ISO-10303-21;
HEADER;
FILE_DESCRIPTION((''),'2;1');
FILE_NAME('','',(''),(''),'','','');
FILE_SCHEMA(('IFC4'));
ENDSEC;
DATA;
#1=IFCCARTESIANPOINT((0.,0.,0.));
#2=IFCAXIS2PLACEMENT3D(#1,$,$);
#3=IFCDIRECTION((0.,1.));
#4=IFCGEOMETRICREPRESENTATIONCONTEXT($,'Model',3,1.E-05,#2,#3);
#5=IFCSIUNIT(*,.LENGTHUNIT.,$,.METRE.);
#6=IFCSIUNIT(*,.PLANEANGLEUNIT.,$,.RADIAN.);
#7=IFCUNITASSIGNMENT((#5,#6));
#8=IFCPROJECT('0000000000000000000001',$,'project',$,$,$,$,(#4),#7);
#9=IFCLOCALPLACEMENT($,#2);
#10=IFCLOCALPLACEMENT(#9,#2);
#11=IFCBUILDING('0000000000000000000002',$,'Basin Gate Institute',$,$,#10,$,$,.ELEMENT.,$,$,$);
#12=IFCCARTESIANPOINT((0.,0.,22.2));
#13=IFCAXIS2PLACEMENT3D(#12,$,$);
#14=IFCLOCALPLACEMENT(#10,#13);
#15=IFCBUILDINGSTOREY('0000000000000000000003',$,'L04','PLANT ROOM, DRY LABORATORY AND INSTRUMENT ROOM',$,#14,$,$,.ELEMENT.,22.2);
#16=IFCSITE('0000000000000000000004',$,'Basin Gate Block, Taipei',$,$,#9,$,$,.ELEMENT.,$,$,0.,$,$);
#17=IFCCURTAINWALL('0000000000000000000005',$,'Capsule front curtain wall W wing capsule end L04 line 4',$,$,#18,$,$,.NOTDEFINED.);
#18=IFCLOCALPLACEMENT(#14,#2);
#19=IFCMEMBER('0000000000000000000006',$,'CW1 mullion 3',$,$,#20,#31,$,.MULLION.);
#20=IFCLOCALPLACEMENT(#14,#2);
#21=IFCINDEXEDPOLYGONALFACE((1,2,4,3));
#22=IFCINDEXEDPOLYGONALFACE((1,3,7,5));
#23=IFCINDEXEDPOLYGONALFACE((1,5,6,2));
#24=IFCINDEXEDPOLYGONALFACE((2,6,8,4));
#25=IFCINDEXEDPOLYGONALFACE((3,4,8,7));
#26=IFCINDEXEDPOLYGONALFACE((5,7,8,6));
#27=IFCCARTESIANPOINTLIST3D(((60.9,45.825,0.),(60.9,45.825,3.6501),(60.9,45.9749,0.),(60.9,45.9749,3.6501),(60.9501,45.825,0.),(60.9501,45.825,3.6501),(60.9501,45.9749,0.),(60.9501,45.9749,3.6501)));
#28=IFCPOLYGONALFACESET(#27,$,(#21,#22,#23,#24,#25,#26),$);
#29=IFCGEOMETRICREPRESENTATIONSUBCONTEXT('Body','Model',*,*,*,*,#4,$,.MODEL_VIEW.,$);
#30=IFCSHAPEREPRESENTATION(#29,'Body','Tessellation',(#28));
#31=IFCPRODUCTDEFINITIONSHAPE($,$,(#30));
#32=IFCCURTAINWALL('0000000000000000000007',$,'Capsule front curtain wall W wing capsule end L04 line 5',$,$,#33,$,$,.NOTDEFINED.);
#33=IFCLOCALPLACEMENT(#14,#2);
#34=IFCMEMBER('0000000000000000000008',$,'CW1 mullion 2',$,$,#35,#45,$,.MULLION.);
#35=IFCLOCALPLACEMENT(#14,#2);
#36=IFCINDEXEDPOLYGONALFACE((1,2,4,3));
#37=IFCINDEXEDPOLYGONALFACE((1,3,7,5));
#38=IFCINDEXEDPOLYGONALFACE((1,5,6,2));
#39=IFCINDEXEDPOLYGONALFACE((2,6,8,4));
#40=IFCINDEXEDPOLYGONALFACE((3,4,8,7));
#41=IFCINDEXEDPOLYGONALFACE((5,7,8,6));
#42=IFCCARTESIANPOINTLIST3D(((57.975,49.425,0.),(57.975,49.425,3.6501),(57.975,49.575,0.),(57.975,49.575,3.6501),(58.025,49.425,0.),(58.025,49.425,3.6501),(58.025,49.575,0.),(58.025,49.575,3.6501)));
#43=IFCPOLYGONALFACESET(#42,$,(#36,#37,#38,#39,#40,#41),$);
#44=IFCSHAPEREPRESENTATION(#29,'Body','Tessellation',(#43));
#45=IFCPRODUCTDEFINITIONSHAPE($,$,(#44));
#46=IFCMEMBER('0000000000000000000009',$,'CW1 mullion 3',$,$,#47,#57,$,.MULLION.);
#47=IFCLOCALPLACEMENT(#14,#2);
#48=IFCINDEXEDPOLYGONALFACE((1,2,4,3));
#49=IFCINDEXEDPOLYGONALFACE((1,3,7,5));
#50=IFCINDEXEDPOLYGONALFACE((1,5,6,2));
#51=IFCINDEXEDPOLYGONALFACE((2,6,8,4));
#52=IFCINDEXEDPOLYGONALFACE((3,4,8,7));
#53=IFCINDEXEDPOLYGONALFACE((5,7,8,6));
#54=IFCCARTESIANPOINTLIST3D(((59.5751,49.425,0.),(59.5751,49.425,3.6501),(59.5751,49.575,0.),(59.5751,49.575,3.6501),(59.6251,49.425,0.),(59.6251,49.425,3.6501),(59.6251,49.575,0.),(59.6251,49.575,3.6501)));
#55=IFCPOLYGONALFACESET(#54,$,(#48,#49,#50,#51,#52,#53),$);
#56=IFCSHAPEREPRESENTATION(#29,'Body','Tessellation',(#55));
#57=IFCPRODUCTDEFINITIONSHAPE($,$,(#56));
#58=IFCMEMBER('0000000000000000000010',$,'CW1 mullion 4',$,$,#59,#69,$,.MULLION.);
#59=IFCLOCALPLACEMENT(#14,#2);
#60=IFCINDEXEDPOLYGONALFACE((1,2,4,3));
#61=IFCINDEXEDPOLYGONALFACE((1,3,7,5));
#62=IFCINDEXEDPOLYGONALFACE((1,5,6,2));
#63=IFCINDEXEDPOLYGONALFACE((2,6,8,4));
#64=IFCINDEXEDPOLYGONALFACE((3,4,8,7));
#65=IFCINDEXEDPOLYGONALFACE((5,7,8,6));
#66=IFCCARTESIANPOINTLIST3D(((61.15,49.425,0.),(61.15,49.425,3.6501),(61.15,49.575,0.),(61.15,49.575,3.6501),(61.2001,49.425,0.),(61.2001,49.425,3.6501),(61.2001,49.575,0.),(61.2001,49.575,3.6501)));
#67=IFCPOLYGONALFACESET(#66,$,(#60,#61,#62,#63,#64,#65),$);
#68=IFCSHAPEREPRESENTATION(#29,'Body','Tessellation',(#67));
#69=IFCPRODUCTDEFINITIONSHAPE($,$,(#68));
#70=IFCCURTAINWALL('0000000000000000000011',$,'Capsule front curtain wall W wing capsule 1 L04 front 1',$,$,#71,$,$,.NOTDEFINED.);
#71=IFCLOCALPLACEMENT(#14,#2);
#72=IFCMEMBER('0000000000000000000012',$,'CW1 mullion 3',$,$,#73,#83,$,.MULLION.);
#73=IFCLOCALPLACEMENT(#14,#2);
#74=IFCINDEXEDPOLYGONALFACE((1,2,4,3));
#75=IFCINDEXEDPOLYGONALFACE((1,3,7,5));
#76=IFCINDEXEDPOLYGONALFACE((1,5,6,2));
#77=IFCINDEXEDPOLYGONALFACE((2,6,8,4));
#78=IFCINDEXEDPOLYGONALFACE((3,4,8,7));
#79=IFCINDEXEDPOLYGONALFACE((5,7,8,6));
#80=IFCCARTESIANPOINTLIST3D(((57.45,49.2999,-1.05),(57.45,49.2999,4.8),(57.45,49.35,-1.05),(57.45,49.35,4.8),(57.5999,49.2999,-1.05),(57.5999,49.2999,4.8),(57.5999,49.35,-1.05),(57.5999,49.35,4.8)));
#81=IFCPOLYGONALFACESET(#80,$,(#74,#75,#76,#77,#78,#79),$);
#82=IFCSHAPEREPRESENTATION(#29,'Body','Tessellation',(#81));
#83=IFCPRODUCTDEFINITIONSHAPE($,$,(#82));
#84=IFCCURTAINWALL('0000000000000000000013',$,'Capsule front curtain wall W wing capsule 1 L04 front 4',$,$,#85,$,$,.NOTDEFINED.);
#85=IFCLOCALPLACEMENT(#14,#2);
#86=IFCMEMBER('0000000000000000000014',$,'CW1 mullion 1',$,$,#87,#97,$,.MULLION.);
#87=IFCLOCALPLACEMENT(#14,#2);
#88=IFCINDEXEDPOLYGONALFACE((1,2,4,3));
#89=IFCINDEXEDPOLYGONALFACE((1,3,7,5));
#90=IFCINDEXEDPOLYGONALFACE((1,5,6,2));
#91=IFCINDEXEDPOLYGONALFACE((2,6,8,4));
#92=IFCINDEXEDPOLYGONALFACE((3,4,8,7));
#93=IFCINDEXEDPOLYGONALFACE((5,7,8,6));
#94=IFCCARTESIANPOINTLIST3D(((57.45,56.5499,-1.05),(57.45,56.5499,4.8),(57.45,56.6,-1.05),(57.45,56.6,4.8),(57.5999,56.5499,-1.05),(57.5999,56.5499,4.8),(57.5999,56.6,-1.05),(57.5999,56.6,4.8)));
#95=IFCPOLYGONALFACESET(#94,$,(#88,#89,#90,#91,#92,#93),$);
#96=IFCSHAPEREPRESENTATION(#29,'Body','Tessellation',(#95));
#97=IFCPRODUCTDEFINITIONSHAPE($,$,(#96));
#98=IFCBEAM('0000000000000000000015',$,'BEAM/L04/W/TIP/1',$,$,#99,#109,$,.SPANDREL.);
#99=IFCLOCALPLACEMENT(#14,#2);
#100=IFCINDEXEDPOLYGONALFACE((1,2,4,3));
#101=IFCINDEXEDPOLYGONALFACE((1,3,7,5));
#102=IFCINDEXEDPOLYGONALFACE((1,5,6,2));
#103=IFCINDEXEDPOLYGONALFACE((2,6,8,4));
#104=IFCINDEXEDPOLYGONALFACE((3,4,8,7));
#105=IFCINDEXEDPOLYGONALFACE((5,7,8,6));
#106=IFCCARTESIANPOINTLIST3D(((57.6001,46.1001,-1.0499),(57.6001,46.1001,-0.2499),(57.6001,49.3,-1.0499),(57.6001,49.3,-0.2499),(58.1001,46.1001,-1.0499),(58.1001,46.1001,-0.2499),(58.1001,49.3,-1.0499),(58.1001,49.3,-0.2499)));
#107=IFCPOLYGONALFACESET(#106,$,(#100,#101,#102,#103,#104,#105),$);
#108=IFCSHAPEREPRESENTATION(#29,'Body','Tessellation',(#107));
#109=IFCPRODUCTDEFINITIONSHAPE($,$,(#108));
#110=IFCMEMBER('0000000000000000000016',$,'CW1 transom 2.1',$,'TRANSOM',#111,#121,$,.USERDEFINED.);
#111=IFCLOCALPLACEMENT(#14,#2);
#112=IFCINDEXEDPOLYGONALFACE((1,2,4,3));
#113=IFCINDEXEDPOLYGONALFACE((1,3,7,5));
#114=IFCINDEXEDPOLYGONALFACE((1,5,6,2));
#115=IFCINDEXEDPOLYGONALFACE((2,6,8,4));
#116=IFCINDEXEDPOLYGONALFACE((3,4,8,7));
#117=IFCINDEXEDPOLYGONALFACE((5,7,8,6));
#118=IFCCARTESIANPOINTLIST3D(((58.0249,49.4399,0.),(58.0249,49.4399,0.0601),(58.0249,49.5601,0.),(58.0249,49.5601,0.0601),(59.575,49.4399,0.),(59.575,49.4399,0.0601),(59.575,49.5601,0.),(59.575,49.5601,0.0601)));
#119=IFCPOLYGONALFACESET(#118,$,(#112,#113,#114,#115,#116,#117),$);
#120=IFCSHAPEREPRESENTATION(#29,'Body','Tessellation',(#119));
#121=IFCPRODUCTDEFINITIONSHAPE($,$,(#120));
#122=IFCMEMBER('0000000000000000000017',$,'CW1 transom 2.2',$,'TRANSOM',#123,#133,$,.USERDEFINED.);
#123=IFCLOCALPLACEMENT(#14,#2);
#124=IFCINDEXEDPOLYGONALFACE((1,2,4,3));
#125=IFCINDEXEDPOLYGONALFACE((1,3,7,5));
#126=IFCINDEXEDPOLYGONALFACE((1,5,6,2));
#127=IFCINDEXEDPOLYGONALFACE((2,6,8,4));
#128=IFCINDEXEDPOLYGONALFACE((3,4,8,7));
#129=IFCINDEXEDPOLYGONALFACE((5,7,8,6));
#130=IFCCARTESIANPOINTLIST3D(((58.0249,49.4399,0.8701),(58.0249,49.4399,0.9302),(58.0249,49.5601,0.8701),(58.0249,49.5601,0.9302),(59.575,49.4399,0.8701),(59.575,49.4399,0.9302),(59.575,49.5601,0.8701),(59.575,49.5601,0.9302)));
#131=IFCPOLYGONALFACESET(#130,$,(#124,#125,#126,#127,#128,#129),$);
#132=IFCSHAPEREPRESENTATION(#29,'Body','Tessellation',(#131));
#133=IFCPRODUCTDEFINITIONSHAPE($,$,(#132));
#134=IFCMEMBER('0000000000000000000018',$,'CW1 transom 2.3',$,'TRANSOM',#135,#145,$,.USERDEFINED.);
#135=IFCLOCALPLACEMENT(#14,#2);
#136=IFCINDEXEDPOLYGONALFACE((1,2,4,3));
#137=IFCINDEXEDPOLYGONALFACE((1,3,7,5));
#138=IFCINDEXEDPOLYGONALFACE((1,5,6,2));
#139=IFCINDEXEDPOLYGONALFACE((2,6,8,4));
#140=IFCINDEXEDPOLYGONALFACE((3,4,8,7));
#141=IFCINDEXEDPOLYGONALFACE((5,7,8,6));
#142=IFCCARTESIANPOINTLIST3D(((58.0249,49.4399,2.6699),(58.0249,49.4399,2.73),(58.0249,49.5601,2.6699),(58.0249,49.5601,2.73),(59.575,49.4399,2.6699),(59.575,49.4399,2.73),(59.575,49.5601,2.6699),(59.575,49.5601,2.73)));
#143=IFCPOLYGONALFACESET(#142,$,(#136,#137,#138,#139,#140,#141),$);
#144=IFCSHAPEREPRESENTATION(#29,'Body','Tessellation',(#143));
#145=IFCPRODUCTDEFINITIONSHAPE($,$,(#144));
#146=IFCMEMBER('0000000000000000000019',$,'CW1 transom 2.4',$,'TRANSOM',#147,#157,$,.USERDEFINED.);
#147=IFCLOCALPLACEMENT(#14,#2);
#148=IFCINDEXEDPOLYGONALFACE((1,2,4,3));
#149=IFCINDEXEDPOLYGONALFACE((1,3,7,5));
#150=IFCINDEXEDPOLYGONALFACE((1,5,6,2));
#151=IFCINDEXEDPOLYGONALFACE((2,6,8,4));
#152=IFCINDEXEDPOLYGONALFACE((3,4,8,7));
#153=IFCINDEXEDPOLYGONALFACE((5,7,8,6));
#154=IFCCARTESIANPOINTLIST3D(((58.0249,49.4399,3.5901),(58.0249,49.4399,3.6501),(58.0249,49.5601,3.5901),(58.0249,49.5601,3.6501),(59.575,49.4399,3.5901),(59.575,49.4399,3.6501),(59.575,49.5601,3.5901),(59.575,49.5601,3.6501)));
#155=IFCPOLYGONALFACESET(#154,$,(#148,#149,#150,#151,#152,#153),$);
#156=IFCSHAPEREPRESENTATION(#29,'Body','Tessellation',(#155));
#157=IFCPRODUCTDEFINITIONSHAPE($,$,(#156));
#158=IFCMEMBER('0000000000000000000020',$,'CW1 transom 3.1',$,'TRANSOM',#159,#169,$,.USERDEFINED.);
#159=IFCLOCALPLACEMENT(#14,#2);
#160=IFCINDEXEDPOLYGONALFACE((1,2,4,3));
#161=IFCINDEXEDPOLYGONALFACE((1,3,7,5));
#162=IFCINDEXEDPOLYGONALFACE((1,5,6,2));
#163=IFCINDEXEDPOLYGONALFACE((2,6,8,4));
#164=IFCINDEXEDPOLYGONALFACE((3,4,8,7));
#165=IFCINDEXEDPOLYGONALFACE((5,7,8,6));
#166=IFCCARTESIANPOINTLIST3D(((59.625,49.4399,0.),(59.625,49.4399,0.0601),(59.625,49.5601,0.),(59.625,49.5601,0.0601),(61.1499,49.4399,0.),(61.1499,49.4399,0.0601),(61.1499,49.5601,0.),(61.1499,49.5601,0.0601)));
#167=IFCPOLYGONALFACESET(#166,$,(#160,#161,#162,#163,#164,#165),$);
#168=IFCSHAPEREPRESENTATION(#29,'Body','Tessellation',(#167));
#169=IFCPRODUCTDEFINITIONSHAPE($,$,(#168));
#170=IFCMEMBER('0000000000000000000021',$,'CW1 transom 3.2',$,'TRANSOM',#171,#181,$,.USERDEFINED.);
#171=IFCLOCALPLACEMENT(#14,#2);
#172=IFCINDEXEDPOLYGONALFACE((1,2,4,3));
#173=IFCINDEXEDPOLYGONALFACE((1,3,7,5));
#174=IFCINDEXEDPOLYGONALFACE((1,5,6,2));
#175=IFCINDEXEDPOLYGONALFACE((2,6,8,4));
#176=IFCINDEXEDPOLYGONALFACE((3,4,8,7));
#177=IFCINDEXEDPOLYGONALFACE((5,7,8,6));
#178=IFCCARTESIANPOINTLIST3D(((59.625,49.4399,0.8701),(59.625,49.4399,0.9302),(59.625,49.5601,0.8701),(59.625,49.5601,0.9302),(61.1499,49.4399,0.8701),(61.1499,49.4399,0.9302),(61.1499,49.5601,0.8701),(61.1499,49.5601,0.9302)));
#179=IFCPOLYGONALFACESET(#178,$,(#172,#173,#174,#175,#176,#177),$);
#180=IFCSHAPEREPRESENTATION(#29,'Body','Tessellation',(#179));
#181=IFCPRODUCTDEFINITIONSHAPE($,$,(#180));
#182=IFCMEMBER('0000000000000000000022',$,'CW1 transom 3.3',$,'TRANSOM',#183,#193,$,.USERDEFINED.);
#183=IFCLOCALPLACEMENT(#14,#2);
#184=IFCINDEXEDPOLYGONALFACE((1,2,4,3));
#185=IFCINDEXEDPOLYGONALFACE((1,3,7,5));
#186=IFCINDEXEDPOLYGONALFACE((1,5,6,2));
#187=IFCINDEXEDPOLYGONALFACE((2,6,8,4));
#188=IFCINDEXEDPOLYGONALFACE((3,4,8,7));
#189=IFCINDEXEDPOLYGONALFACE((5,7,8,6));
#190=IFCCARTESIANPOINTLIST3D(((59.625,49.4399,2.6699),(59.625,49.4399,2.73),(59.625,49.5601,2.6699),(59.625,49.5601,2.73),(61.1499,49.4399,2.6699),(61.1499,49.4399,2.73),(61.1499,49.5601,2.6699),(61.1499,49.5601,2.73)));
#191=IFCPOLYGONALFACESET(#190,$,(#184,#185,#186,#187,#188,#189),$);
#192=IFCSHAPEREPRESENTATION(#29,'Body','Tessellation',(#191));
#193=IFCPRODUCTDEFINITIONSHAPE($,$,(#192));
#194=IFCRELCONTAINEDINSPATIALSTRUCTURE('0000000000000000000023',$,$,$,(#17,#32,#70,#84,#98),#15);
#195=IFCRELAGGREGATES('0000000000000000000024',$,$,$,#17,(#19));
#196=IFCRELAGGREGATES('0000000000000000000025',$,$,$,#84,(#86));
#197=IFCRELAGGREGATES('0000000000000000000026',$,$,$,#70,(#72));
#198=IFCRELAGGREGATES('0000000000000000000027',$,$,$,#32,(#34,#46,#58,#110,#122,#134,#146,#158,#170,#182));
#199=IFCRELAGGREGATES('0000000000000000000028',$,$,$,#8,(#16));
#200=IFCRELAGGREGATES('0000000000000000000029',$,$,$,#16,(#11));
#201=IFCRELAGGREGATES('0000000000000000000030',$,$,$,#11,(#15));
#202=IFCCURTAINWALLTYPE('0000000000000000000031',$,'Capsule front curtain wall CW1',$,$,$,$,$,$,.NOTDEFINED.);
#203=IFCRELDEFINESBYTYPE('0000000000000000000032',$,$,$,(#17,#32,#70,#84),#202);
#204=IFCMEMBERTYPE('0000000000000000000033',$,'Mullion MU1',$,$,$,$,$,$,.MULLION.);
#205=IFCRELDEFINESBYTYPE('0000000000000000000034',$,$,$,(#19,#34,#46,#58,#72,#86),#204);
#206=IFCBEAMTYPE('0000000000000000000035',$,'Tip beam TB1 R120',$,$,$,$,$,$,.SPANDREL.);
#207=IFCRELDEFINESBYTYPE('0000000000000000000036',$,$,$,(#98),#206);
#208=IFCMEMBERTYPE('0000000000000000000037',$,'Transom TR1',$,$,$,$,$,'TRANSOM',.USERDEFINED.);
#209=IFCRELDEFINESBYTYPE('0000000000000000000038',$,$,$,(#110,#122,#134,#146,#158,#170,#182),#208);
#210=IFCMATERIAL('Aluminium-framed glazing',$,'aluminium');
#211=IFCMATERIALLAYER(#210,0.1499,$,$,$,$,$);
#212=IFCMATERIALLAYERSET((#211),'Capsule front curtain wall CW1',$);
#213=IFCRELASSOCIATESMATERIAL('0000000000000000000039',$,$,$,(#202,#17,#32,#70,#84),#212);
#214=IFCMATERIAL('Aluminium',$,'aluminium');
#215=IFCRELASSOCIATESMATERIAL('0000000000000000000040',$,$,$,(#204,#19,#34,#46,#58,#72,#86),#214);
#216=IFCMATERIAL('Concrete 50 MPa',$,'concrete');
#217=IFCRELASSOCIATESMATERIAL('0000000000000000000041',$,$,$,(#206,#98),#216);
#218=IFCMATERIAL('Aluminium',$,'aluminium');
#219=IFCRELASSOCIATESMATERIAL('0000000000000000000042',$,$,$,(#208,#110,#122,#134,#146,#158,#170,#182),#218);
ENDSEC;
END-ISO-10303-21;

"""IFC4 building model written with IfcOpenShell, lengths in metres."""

from ifc_helpers import new_model, si_unit, direction, frame, origin, origin_2d, place, context, subcontext, project, spatial, rectangle, extrude, material, layer, layer_set, material_profile, profile_set, type_object, element, aggregate, save


model = new_model("IFC4")

# Units and contexts
model_context = context("Model", 3, precision=1e-05, world=origin(), true_north=direction((0.0, 1.0)))
body_context = subcontext(model_context, "Body", "Model", "MODEL_VIEW")
ifc_project = project(units=[si_unit("LENGTHUNIT", "METRE"), si_unit("PLANEANGLEUNIT", "RADIAN")], contexts=[model_context])

# Site, building, storey
site_placement = place(None, origin())
site = spatial("IfcSite", under=ifc_project, at=site_placement, Name="Basin Gate Block, Taipei", CompositionType="ELEMENT", RefElevation=0.0)
building_placement = place(site_placement, origin())
building = spatial("IfcBuilding", under=site, at=building_placement, Name="Basin Gate Institute", CompositionType="ELEMENT")
storey_placement = place(building_placement, frame((0.0, 0.0, 22.2)))
storey = spatial("IfcBuildingStorey", under=building, at=storey_placement, Name="L04", Description="PLANT ROOM, DRY LABORATORY AND INSTRUMENT ROOM", CompositionType="ELEMENT", Elevation=22.2)

# Curtain wall, member
ifc_material_1 = material(Name="Aluminium-framed glazing", Category="aluminium")
ifc_layer_1 = layer(ifc_material_1, 0.1499)
ifc_layer_set_1 = layer_set([ifc_layer_1], Name="Capsule front curtain wall CW1")
curtain_wall_type = type_object("IfcCurtainWallType", Name="Capsule front curtain wall CW1", PredefinedType="NOTDEFINED", material=ifc_layer_set_1)
curtain_wall_1_placement = place(storey_placement, origin())
curtain_wall_1 = element("IfcCurtainWall", 1, at=curtain_wall_1_placement, inside=storey, type_object=curtain_wall_type, material=ifc_layer_set_1, Name="Capsule front curtain wall W wing capsule end L04 line 4", PredefinedType="NOTDEFINED")
ifc_material_2 = material(Name="Aluminium", Category="aluminium")
ifc_material_profile_1 = material_profile(ifc_material_2, rectangle(XDim=0.1499, YDim=0.05, at=origin_2d()), Name="Mullion MU1 150 x 50")
ifc_profile_set_1 = profile_set([ifc_material_profile_1], Name="Aluminium")
member_type_1 = type_object("IfcMemberType", Name="Mullion MU1", PredefinedType="MULLION", material=ifc_profile_set_1)
member_1_placement = place(storey_placement, frame((60.925, 45.8999, 0.0), z_axis=(0.0, 0.0, 1.0), x_axis=(0.0, 1.0, 0.0)))
member_1 = element("IfcMember", 2, at=member_1_placement, type_object=member_type_1, material=ifc_profile_set_1, Name="CW1 mullion 3", PredefinedType="MULLION", context=body_context, shape_type="SweptSolid", body=[
    extrude(rectangle(XDim=0.1499, YDim=0.05, at=origin_2d()), origin(), (0.0, 0.0, 1.0), 3.6501),
])
aggregate(curtain_wall_1, [member_1])

# Curtain wall, members
curtain_wall_2_placement = place(storey_placement, origin())
curtain_wall_2 = element("IfcCurtainWall", 3, at=curtain_wall_2_placement, inside=storey, type_object=curtain_wall_type, material=ifc_layer_set_1, Name="Capsule front curtain wall W wing capsule end L04 line 5", PredefinedType="NOTDEFINED")
member_2_placement = place(storey_placement, frame((58.0, 49.5, 0.0), z_axis=(0.0, 0.0, 1.0), x_axis=(0.0, 1.0, 0.0)))
member_2 = element("IfcMember", 4, at=member_2_placement, type_object=member_type_1, material=ifc_profile_set_1, Name="CW1 mullion 2", PredefinedType="MULLION", context=body_context, shape_type="SweptSolid", body=[
    extrude(rectangle(XDim=0.1499, YDim=0.05, at=origin_2d()), origin(), (0.0, 0.0, 1.0), 3.6501),
])
member_3_placement = place(storey_placement, frame((59.6001, 49.5, 0.0), z_axis=(0.0, 0.0, 1.0), x_axis=(0.0, 1.0, 0.0)))
member_3 = element("IfcMember", 5, at=member_3_placement, type_object=member_type_1, material=ifc_profile_set_1, Name="CW1 mullion 3", PredefinedType="MULLION", context=body_context, shape_type="SweptSolid", body=[
    extrude(rectangle(XDim=0.1499, YDim=0.05, at=origin_2d()), origin(), (0.0, 0.0, 1.0), 3.6501),
])
member_4_placement = place(storey_placement, frame((61.175, 49.5, 0.0), z_axis=(0.0, 0.0, 1.0), x_axis=(0.0, 1.0, 0.0)))
member_4 = element("IfcMember", 6, at=member_4_placement, type_object=member_type_1, material=ifc_profile_set_1, Name="CW1 mullion 4", PredefinedType="MULLION", context=body_context, shape_type="SweptSolid", body=[
    extrude(rectangle(XDim=0.1499, YDim=0.05, at=origin_2d()), origin(), (0.0, 0.0, 1.0), 3.6501),
])

# Curtain walls, members
curtain_wall_3_placement = place(storey_placement, origin())
curtain_wall_3 = element("IfcCurtainWall", 7, at=curtain_wall_3_placement, inside=storey, type_object=curtain_wall_type, material=ifc_layer_set_1, Name="Capsule front curtain wall W wing capsule 1 L04 front 1", PredefinedType="NOTDEFINED")
member_5_placement = place(storey_placement, frame((57.5249, 49.325, -1.05), z_axis=(0.0, 0.0, 1.0), x_axis=(-1.0, 0.0, 0.0)))
member_5 = element("IfcMember", 8, at=member_5_placement, type_object=member_type_1, material=ifc_profile_set_1, Name="CW1 mullion 3", PredefinedType="MULLION", context=body_context, shape_type="SweptSolid", body=[
    extrude(rectangle(XDim=0.1499, YDim=0.05, at=origin_2d()), origin(), (0.0, 0.0, 1.0), 5.8501),
])
curtain_wall_4_placement = place(storey_placement, origin())
curtain_wall_4 = element("IfcCurtainWall", 9, at=curtain_wall_4_placement, inside=storey, type_object=curtain_wall_type, material=ifc_layer_set_1, Name="Capsule front curtain wall W wing capsule 1 L04 front 4", PredefinedType="NOTDEFINED")
member_6_placement = place(storey_placement, frame((57.5249, 56.575, -1.05), z_axis=(0.0, 0.0, 1.0), x_axis=(-1.0, 0.0, 0.0)))
member_6 = element("IfcMember", 10, at=member_6_placement, type_object=member_type_1, material=ifc_profile_set_1, Name="CW1 mullion 1", PredefinedType="MULLION", context=body_context, shape_type="SweptSolid", body=[
    extrude(rectangle(XDim=0.1499, YDim=0.05, at=origin_2d()), origin(), (0.0, 0.0, 1.0), 5.8501),
])
aggregate(curtain_wall_4, [member_6])

# Beam
ifc_material_3 = material(Name="Concrete 50 MPa", Category="concrete")
ifc_material_profile_2 = material_profile(ifc_material_3, rectangle(XDim=0.5, YDim=0.8, at=origin_2d()), Name="Tip beam TB1 500 x 800")
ifc_profile_set_2 = profile_set([ifc_material_profile_2], Name="Concrete 50 MPa")
beam_type = type_object("IfcBeamType", Name="Tip beam TB1 R120", PredefinedType="SPANDREL", material=ifc_profile_set_2)
beam_placement = place(storey_placement, frame((57.8501, 46.1001, -0.6499), z_axis=(0.0, 1.0, 0.0), x_axis=(-1.0, 0.0, 0.0)))
element("IfcBeam", 11, at=beam_placement, inside=storey, type_object=beam_type, material=ifc_profile_set_2, Name="BEAM/L04/W/TIP/1", PredefinedType="SPANDREL", context=body_context, shape_type="SweptSolid", body=[
    extrude(rectangle(XDim=0.5, YDim=0.8, at=origin_2d()), origin(), (0.0, 0.0, 1.0), 3.2),
])

# Members
ifc_material_4 = material(Name="Aluminium", Category="aluminium")
ifc_material_profile_3 = material_profile(ifc_material_4, rectangle(XDim=0.1201, YDim=0.0601, at=origin_2d()), Name="Transom TR1 120 x 60")
ifc_profile_set_3 = profile_set([ifc_material_profile_3], Name="Aluminium")
member_type_2 = type_object("IfcMemberType", Name="Transom TR1", ElementType="TRANSOM", PredefinedType="USERDEFINED", material=ifc_profile_set_3)
member_7_placement = place(storey_placement, frame((58.0249, 49.5, 0.03), z_axis=(1.0, 0.0, 0.0), x_axis=(0.0, 1.0, 0.0)))
member_7 = element("IfcMember", 12, at=member_7_placement, type_object=member_type_2, material=ifc_profile_set_3, Name="CW1 transom 2.1", ObjectType="TRANSOM", PredefinedType="USERDEFINED", context=body_context, shape_type="SweptSolid", body=[
    extrude(rectangle(XDim=0.1201, YDim=0.0601, at=origin_2d()), origin(), (0.0, 0.0, 1.0), 1.55),
])
member_8_placement = place(storey_placement, frame((58.0249, 49.5, 0.9001), z_axis=(1.0, 0.0, 0.0), x_axis=(0.0, 1.0, 0.0)))
member_8 = element("IfcMember", 13, at=member_8_placement, type_object=member_type_2, material=ifc_profile_set_3, Name="CW1 transom 2.2", ObjectType="TRANSOM", PredefinedType="USERDEFINED", context=body_context, shape_type="SweptSolid", body=[
    extrude(rectangle(XDim=0.1201, YDim=0.0601, at=origin_2d()), origin(), (0.0, 0.0, 1.0), 1.55),
])
member_9_placement = place(storey_placement, frame((58.0249, 49.5, 2.7), z_axis=(1.0, 0.0, 0.0), x_axis=(0.0, 1.0, 0.0)))
member_9 = element("IfcMember", 14, at=member_9_placement, type_object=member_type_2, material=ifc_profile_set_3, Name="CW1 transom 2.3", ObjectType="TRANSOM", PredefinedType="USERDEFINED", context=body_context, shape_type="SweptSolid", body=[
    extrude(rectangle(XDim=0.1201, YDim=0.0601, at=origin_2d()), origin(), (0.0, 0.0, 1.0), 1.55),
])
member_10_placement = place(storey_placement, frame((58.0249, 49.5, 3.6201), z_axis=(1.0, 0.0, 0.0), x_axis=(0.0, 1.0, 0.0)))
member_10 = element("IfcMember", 15, at=member_10_placement, type_object=member_type_2, material=ifc_profile_set_3, Name="CW1 transom 2.4", ObjectType="TRANSOM", PredefinedType="USERDEFINED", context=body_context, shape_type="SweptSolid", body=[
    extrude(rectangle(XDim=0.1201, YDim=0.0601, at=origin_2d()), origin(), (0.0, 0.0, 1.0), 1.55),
])
member_11_placement = place(storey_placement, frame((59.625, 49.5, 0.03), z_axis=(1.0, 0.0, 0.0), x_axis=(0.0, 1.0, 0.0)))
member_11 = element("IfcMember", 16, at=member_11_placement, type_object=member_type_2, material=ifc_profile_set_3, Name="CW1 transom 3.1", ObjectType="TRANSOM", PredefinedType="USERDEFINED", context=body_context, shape_type="SweptSolid", body=[
    extrude(rectangle(XDim=0.1201, YDim=0.0601, at=origin_2d()), origin(), (0.0, 0.0, 1.0), 1.5249),
])
member_12_placement = place(storey_placement, frame((59.625, 49.5, 0.9001), z_axis=(1.0, 0.0, 0.0), x_axis=(0.0, 1.0, 0.0)))
member_12 = element("IfcMember", 17, at=member_12_placement, type_object=member_type_2, material=ifc_profile_set_3, Name="CW1 transom 3.2", ObjectType="TRANSOM", PredefinedType="USERDEFINED", context=body_context, shape_type="SweptSolid", body=[
    extrude(rectangle(XDim=0.1201, YDim=0.0601, at=origin_2d()), origin(), (0.0, 0.0, 1.0), 1.5249),
])
member_13_placement = place(storey_placement, frame((59.625, 49.5, 2.7), z_axis=(1.0, 0.0, 0.0), x_axis=(0.0, 1.0, 0.0)))
member_13 = element("IfcMember", 18, at=member_13_placement, type_object=member_type_2, material=ifc_profile_set_3, Name="CW1 transom 3.3", ObjectType="TRANSOM", PredefinedType="USERDEFINED", context=body_context, shape_type="SweptSolid", body=[
    extrude(rectangle(XDim=0.1201, YDim=0.0601, at=origin_2d()), origin(), (0.0, 0.0, 1.0), 1.5249),
])

aggregate(curtain_wall_3, [member_5])
aggregate(curtain_wall_2, [member_2, member_3, member_4, member_7, member_8, member_9, member_10, member_11, member_12, member_13])

save(model, "model.ifc")
